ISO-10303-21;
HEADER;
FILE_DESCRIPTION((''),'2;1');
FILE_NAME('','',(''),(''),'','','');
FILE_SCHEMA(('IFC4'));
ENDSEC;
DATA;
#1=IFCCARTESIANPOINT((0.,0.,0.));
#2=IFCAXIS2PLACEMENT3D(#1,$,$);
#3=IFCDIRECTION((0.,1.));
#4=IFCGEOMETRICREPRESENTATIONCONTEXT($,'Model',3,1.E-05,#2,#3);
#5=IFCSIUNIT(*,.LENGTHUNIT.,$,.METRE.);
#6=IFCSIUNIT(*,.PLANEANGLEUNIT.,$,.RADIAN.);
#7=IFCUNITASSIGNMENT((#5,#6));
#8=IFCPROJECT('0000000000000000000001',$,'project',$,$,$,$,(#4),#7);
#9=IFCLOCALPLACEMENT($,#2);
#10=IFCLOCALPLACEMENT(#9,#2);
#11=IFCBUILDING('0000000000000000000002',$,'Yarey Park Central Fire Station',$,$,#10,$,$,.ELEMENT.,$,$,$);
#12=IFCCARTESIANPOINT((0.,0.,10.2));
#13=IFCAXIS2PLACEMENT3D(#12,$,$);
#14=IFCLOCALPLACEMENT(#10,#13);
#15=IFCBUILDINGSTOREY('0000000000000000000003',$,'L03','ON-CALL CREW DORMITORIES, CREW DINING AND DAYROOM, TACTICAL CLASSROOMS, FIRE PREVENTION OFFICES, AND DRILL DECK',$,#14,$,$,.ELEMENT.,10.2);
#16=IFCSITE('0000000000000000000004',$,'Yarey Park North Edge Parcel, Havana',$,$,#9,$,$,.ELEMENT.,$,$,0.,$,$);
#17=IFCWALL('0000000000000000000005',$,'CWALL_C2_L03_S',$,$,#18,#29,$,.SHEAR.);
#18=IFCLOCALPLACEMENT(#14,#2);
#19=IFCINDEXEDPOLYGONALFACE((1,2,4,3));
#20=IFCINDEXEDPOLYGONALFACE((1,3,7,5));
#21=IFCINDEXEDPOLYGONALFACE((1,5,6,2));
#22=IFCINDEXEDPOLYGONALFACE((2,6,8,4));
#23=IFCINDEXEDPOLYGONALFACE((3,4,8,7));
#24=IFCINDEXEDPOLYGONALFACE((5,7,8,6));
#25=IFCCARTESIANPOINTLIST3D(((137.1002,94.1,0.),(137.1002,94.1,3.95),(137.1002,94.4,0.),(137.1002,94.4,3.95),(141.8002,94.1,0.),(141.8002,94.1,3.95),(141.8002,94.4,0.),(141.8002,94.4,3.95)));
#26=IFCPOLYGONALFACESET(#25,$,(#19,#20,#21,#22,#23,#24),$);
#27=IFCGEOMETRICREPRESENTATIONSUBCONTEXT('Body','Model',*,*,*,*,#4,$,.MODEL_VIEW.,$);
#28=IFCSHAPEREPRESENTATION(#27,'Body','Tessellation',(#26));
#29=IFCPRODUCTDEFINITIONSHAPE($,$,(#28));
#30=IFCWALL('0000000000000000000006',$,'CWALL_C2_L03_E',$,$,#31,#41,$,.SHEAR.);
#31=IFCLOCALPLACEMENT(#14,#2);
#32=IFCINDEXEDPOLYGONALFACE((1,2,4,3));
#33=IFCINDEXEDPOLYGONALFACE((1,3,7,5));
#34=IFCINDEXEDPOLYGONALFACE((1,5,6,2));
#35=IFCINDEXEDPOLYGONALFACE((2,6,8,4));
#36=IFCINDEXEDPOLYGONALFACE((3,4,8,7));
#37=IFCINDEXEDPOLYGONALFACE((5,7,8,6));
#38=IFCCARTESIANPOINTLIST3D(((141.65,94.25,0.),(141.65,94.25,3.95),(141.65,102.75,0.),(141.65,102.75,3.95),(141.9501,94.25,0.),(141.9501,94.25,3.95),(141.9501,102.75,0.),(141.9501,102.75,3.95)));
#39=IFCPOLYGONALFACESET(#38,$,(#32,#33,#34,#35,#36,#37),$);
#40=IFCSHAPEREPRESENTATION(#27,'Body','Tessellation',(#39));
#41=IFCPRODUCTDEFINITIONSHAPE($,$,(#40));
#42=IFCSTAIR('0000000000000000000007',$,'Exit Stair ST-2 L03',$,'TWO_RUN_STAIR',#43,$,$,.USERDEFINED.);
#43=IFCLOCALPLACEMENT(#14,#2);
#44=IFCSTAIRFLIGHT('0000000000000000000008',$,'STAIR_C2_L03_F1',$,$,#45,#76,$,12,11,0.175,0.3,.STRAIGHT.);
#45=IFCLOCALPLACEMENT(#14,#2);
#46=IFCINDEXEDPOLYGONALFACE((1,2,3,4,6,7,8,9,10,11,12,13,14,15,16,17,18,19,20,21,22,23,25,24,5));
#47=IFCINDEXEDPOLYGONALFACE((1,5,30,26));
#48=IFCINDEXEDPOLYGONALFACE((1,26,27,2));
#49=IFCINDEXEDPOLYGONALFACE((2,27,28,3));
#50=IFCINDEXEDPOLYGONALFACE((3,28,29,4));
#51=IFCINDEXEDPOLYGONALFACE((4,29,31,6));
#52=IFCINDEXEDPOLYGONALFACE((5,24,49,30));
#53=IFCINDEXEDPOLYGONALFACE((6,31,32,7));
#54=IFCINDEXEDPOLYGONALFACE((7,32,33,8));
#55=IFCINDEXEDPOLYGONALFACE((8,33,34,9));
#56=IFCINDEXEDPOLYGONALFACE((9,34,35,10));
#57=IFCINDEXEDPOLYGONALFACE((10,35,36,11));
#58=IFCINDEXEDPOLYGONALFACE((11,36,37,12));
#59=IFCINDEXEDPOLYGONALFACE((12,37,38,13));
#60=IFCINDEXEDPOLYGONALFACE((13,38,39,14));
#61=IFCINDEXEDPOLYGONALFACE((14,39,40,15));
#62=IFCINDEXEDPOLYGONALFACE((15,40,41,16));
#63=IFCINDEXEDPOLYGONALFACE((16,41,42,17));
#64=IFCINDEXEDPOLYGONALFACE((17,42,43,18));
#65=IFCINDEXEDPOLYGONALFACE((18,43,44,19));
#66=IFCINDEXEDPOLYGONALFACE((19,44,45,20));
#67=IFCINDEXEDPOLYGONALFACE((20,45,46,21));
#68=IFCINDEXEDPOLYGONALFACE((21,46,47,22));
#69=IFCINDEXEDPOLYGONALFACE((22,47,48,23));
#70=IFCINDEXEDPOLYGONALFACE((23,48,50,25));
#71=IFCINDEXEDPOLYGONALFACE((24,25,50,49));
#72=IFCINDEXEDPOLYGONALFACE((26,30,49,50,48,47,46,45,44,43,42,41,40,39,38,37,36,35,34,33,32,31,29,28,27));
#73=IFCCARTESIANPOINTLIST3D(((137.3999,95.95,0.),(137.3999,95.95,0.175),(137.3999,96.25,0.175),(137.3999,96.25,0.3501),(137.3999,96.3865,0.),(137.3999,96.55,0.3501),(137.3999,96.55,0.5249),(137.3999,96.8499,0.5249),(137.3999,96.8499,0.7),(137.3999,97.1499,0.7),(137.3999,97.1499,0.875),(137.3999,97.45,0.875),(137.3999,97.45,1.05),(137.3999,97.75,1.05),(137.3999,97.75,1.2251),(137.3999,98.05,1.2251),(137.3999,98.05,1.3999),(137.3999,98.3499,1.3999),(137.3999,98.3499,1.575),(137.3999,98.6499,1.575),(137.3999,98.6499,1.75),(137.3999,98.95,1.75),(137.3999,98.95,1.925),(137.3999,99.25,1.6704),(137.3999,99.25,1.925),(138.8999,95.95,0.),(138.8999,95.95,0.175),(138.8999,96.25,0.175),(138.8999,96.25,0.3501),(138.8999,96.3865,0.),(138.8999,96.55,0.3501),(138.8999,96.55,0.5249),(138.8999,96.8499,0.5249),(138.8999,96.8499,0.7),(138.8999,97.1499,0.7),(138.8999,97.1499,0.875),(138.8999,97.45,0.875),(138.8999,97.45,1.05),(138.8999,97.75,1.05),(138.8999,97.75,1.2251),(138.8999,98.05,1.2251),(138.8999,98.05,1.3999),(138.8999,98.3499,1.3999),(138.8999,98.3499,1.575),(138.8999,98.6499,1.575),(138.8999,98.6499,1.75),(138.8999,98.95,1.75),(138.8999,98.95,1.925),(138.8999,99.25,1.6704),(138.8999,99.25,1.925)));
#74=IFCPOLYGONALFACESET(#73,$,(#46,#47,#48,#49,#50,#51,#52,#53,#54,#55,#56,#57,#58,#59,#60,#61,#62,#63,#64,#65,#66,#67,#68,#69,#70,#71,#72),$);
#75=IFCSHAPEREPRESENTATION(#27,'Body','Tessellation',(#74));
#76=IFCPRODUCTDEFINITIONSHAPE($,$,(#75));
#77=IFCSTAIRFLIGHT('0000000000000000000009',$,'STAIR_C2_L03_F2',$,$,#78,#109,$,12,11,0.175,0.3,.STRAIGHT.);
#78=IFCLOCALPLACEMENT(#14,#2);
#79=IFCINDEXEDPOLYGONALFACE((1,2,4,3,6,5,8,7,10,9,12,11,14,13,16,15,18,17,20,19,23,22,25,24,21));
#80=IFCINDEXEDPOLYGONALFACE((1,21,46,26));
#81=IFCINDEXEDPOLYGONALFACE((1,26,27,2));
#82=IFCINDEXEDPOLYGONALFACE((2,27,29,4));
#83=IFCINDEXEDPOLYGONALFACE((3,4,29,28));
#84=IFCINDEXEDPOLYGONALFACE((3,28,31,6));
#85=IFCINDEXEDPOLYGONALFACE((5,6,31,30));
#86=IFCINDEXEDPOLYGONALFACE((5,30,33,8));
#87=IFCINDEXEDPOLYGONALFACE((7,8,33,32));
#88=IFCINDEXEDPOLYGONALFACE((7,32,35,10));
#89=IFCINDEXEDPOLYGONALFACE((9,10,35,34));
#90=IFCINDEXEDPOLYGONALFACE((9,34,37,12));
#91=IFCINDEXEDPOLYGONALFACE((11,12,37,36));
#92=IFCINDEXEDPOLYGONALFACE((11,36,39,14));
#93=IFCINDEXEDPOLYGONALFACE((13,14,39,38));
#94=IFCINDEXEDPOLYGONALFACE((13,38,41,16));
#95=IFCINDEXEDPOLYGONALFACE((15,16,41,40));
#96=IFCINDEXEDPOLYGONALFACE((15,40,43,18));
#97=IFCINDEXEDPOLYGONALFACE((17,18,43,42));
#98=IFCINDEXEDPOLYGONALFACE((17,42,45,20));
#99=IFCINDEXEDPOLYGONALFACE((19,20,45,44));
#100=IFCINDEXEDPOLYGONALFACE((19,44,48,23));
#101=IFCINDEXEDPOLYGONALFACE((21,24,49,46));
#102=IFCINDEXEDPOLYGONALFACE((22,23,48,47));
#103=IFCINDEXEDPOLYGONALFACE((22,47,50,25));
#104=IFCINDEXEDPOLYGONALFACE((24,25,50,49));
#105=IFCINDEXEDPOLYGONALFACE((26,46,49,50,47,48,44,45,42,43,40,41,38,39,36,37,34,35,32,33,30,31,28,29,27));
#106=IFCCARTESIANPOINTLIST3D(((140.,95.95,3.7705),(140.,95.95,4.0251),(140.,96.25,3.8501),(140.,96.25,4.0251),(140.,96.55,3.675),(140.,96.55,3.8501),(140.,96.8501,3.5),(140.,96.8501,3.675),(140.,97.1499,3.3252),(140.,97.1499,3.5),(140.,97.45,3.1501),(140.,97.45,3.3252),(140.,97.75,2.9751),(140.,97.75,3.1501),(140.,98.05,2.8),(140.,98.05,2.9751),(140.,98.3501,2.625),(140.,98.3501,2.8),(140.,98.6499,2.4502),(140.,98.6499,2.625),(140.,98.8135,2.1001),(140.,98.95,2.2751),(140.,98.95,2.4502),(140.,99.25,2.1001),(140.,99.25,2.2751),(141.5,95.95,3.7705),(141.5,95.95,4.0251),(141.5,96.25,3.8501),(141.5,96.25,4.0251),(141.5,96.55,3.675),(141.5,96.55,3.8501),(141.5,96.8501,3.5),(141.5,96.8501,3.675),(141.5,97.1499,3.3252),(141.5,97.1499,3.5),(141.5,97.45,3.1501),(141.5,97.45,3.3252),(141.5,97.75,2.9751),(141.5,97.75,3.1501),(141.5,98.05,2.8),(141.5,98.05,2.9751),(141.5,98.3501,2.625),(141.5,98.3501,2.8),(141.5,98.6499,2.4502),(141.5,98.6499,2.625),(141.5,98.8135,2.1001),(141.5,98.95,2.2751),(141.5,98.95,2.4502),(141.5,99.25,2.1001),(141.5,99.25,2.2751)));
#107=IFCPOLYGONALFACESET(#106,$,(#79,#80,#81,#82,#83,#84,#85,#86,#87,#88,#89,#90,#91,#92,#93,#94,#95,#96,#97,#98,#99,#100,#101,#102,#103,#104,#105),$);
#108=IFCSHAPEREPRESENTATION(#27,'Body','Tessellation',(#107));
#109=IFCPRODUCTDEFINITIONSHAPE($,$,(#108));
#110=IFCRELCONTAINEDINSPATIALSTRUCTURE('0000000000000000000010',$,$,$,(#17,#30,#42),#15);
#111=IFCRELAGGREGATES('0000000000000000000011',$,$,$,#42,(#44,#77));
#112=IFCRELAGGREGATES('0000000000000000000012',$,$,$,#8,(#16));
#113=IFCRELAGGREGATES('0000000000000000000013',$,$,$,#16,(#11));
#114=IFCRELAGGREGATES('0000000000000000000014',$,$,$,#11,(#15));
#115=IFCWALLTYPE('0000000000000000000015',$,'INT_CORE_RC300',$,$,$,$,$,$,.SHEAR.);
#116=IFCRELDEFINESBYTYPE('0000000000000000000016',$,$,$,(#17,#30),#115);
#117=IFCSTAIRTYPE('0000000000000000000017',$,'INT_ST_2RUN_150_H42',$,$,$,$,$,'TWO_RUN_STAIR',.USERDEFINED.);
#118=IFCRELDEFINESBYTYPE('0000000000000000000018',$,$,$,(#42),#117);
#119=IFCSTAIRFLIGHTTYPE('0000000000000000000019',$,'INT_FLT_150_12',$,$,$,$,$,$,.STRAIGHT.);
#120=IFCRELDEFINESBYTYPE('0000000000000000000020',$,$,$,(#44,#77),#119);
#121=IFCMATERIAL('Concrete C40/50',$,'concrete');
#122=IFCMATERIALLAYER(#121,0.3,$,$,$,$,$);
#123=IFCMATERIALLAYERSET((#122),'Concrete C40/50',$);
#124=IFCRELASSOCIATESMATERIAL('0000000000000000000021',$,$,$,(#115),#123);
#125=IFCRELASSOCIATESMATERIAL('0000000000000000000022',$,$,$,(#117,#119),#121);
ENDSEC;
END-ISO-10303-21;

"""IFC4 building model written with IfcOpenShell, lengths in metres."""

from ifc_helpers import new_model, si_unit, direction, frame, frame_2d, origin, place, context, subcontext, project, spatial, polyline, rectangle, outline, extrude, material, layer, layer_set, type_object, element, aggregate, save


model = new_model("IFC4")

# Units and contexts
model_context = context("Model", 3, precision=1e-05, world=origin(), true_north=direction((0.0, 1.0)))
body_context = subcontext(model_context, "Body", "Model", "MODEL_VIEW")
ifc_project = project(units=[si_unit("LENGTHUNIT", "METRE"), si_unit("PLANEANGLEUNIT", "RADIAN")], contexts=[model_context])

# Site, building, storey
site_placement = place(None, origin())
site = spatial("IfcSite", under=ifc_project, at=site_placement, Name="Yarey Park North Edge Parcel, Havana", CompositionType="ELEMENT", RefElevation=0.0)
building_placement = place(site_placement, origin())
building = spatial("IfcBuilding", under=site, at=building_placement, Name="Yarey Park Central Fire Station", CompositionType="ELEMENT")
storey_placement = place(building_placement, frame((0.0, 0.0, 10.2)))
storey = spatial("IfcBuildingStorey", under=building, at=storey_placement, Name="L03", Description="ON-CALL CREW DORMITORIES, CREW DINING AND DAYROOM, TACTICAL CLASSROOMS, FIRE PREVENTION OFFICES, AND DRILL DECK", CompositionType="ELEMENT", Elevation=10.2)

# Shared definitions
ifc_material_1 = material(Name="Concrete C40/50", Category="concrete")

# Walls
ifc_layer_1 = layer(ifc_material_1, 0.3)
ifc_layer_set_1 = layer_set([ifc_layer_1], Name="Concrete C40/50")
wall_type = type_object("IfcWallType", Name="INT_CORE_RC300", PredefinedType="SHEAR", material=ifc_layer_set_1)
wall_1_placement = place(storey_placement, frame((137.1001, 94.25, 0.0), z_axis=(0.0, 0.0, 1.0), x_axis=(1.0, 0.0, 0.0)))
element("IfcWall", 1, at=wall_1_placement, inside=storey, type_object=wall_type, Name="CWALL_C2_L03_S", PredefinedType="SHEAR", context=body_context, shape_type="SweptSolid", body=[
    extrude(rectangle(XDim=4.7, YDim=0.3, at=frame_2d((2.3501, 0.0))), origin(), (0.0, 0.0, 1.0), 3.95),
])
wall_2_placement = place(storey_placement, frame((141.8, 94.25, 0.0), z_axis=(0.0, 0.0, 1.0), x_axis=(0.0, 1.0, 0.0)))
element("IfcWall", 2, at=wall_2_placement, inside=storey, type_object=wall_type, Name="CWALL_C2_L03_E", PredefinedType="SHEAR", context=body_context, shape_type="SweptSolid", body=[
    extrude(rectangle(XDim=8.5, YDim=0.3, at=frame_2d((4.25, 0.0))), origin(), (0.0, 0.0, 1.0), 3.95),
])

# Stair, stair flights
stair_type = type_object("IfcStairType", Name="INT_ST_2RUN_150_H42", ElementType="TWO_RUN_STAIR", PredefinedType="USERDEFINED", material=ifc_material_1)
stair_placement = place(storey_placement, origin())
stair = element("IfcStair", 3, at=stair_placement, inside=storey, type_object=stair_type, Name="Exit Stair ST-2 L03", ObjectType="TWO_RUN_STAIR", PredefinedType="USERDEFINED")
stair_flight_type = type_object("IfcStairFlightType", Name="INT_FLT_150_12", PredefinedType="STRAIGHT", material=ifc_material_1)
stair_flight_1_placement = place(storey_placement, frame((138.1499, 95.95, 0.0), z_axis=(0.0, 0.0, 1.0), x_axis=(0.0, 1.0, 0.0)))
stair_flight_1 = element("IfcStairFlight", 4, at=stair_flight_1_placement, type_object=stair_flight_type, Name="STAIR_C2_L03_F1", NumberOfRisers=12, NumberOfTreads=11, PredefinedType="STRAIGHT", RiserHeight=0.175, TreadLength=0.3, context=body_context, shape_type="SweptSolid", body=[
    extrude(outline(polyline([(0.0, 0.0), (0.0, 0.175), (0.3, 0.175), (0.3, 0.3501), (0.6001, 0.3501), (0.6001, 0.5249), (0.8999, 0.5249), (0.8999, 0.7), (1.2, 0.7), (1.2, 0.875), (1.5, 0.875), (1.5, 1.05), (1.8, 1.05), (1.8, 1.2251), (2.1001, 1.2251), (2.1001, 1.3999), (2.3999, 1.3999), (2.3999, 1.575), (2.7, 1.575), (2.7, 1.75), (3.0, 1.75), (3.0, 1.925), (3.3, 1.925), (3.3, 2.1001), (3.3, 1.6704), (0.4365, 0.0), (0.0, 0.0)])), frame((0.0, 0.75, 0.0), z_axis=(0.0, -1.0, 0.0), x_axis=(1.0, 0.0, 0.0)), (0.0, 0.0, 1.0), 1.5),
])
stair_flight_2_placement = place(storey_placement, frame((140.75, 99.25, 2.1001), z_axis=(0.0, 0.0, 1.0), x_axis=(0.0, -1.0, 0.0)))
stair_flight_2 = element("IfcStairFlight", 5, at=stair_flight_2_placement, type_object=stair_flight_type, Name="STAIR_C2_L03_F2", NumberOfRisers=12, NumberOfTreads=11, PredefinedType="STRAIGHT", RiserHeight=0.175, TreadLength=0.3, context=body_context, shape_type="SweptSolid", body=[
    extrude(outline(polyline([(0.0, 0.0), (0.0, 0.175), (0.3, 0.175), (0.3, 0.3501), (0.6001, 0.3501), (0.6001, 0.5249), (0.8999, 0.5249), (0.8999, 0.7), (1.2, 0.7), (1.2, 0.875), (1.5, 0.875), (1.5, 1.05), (1.8, 1.05), (1.8, 1.2251), (2.1001, 1.2251), (2.1001, 1.3999), (2.3999, 1.3999), (2.3999, 1.575), (2.7, 1.575), (2.7, 1.75), (3.0, 1.75), (3.0, 1.925), (3.3, 1.925), (3.3, 2.1001), (3.3, 1.6704), (0.4365, 0.0), (0.0, 0.0)])), frame((0.0, 0.75, 0.0), z_axis=(0.0, -1.0, 0.0), x_axis=(1.0, 0.0, 0.0)), (0.0, 0.0, 1.0), 1.5),
])
aggregate(stair, [stair_flight_1, stair_flight_2])

save(model, "model.ifc")
